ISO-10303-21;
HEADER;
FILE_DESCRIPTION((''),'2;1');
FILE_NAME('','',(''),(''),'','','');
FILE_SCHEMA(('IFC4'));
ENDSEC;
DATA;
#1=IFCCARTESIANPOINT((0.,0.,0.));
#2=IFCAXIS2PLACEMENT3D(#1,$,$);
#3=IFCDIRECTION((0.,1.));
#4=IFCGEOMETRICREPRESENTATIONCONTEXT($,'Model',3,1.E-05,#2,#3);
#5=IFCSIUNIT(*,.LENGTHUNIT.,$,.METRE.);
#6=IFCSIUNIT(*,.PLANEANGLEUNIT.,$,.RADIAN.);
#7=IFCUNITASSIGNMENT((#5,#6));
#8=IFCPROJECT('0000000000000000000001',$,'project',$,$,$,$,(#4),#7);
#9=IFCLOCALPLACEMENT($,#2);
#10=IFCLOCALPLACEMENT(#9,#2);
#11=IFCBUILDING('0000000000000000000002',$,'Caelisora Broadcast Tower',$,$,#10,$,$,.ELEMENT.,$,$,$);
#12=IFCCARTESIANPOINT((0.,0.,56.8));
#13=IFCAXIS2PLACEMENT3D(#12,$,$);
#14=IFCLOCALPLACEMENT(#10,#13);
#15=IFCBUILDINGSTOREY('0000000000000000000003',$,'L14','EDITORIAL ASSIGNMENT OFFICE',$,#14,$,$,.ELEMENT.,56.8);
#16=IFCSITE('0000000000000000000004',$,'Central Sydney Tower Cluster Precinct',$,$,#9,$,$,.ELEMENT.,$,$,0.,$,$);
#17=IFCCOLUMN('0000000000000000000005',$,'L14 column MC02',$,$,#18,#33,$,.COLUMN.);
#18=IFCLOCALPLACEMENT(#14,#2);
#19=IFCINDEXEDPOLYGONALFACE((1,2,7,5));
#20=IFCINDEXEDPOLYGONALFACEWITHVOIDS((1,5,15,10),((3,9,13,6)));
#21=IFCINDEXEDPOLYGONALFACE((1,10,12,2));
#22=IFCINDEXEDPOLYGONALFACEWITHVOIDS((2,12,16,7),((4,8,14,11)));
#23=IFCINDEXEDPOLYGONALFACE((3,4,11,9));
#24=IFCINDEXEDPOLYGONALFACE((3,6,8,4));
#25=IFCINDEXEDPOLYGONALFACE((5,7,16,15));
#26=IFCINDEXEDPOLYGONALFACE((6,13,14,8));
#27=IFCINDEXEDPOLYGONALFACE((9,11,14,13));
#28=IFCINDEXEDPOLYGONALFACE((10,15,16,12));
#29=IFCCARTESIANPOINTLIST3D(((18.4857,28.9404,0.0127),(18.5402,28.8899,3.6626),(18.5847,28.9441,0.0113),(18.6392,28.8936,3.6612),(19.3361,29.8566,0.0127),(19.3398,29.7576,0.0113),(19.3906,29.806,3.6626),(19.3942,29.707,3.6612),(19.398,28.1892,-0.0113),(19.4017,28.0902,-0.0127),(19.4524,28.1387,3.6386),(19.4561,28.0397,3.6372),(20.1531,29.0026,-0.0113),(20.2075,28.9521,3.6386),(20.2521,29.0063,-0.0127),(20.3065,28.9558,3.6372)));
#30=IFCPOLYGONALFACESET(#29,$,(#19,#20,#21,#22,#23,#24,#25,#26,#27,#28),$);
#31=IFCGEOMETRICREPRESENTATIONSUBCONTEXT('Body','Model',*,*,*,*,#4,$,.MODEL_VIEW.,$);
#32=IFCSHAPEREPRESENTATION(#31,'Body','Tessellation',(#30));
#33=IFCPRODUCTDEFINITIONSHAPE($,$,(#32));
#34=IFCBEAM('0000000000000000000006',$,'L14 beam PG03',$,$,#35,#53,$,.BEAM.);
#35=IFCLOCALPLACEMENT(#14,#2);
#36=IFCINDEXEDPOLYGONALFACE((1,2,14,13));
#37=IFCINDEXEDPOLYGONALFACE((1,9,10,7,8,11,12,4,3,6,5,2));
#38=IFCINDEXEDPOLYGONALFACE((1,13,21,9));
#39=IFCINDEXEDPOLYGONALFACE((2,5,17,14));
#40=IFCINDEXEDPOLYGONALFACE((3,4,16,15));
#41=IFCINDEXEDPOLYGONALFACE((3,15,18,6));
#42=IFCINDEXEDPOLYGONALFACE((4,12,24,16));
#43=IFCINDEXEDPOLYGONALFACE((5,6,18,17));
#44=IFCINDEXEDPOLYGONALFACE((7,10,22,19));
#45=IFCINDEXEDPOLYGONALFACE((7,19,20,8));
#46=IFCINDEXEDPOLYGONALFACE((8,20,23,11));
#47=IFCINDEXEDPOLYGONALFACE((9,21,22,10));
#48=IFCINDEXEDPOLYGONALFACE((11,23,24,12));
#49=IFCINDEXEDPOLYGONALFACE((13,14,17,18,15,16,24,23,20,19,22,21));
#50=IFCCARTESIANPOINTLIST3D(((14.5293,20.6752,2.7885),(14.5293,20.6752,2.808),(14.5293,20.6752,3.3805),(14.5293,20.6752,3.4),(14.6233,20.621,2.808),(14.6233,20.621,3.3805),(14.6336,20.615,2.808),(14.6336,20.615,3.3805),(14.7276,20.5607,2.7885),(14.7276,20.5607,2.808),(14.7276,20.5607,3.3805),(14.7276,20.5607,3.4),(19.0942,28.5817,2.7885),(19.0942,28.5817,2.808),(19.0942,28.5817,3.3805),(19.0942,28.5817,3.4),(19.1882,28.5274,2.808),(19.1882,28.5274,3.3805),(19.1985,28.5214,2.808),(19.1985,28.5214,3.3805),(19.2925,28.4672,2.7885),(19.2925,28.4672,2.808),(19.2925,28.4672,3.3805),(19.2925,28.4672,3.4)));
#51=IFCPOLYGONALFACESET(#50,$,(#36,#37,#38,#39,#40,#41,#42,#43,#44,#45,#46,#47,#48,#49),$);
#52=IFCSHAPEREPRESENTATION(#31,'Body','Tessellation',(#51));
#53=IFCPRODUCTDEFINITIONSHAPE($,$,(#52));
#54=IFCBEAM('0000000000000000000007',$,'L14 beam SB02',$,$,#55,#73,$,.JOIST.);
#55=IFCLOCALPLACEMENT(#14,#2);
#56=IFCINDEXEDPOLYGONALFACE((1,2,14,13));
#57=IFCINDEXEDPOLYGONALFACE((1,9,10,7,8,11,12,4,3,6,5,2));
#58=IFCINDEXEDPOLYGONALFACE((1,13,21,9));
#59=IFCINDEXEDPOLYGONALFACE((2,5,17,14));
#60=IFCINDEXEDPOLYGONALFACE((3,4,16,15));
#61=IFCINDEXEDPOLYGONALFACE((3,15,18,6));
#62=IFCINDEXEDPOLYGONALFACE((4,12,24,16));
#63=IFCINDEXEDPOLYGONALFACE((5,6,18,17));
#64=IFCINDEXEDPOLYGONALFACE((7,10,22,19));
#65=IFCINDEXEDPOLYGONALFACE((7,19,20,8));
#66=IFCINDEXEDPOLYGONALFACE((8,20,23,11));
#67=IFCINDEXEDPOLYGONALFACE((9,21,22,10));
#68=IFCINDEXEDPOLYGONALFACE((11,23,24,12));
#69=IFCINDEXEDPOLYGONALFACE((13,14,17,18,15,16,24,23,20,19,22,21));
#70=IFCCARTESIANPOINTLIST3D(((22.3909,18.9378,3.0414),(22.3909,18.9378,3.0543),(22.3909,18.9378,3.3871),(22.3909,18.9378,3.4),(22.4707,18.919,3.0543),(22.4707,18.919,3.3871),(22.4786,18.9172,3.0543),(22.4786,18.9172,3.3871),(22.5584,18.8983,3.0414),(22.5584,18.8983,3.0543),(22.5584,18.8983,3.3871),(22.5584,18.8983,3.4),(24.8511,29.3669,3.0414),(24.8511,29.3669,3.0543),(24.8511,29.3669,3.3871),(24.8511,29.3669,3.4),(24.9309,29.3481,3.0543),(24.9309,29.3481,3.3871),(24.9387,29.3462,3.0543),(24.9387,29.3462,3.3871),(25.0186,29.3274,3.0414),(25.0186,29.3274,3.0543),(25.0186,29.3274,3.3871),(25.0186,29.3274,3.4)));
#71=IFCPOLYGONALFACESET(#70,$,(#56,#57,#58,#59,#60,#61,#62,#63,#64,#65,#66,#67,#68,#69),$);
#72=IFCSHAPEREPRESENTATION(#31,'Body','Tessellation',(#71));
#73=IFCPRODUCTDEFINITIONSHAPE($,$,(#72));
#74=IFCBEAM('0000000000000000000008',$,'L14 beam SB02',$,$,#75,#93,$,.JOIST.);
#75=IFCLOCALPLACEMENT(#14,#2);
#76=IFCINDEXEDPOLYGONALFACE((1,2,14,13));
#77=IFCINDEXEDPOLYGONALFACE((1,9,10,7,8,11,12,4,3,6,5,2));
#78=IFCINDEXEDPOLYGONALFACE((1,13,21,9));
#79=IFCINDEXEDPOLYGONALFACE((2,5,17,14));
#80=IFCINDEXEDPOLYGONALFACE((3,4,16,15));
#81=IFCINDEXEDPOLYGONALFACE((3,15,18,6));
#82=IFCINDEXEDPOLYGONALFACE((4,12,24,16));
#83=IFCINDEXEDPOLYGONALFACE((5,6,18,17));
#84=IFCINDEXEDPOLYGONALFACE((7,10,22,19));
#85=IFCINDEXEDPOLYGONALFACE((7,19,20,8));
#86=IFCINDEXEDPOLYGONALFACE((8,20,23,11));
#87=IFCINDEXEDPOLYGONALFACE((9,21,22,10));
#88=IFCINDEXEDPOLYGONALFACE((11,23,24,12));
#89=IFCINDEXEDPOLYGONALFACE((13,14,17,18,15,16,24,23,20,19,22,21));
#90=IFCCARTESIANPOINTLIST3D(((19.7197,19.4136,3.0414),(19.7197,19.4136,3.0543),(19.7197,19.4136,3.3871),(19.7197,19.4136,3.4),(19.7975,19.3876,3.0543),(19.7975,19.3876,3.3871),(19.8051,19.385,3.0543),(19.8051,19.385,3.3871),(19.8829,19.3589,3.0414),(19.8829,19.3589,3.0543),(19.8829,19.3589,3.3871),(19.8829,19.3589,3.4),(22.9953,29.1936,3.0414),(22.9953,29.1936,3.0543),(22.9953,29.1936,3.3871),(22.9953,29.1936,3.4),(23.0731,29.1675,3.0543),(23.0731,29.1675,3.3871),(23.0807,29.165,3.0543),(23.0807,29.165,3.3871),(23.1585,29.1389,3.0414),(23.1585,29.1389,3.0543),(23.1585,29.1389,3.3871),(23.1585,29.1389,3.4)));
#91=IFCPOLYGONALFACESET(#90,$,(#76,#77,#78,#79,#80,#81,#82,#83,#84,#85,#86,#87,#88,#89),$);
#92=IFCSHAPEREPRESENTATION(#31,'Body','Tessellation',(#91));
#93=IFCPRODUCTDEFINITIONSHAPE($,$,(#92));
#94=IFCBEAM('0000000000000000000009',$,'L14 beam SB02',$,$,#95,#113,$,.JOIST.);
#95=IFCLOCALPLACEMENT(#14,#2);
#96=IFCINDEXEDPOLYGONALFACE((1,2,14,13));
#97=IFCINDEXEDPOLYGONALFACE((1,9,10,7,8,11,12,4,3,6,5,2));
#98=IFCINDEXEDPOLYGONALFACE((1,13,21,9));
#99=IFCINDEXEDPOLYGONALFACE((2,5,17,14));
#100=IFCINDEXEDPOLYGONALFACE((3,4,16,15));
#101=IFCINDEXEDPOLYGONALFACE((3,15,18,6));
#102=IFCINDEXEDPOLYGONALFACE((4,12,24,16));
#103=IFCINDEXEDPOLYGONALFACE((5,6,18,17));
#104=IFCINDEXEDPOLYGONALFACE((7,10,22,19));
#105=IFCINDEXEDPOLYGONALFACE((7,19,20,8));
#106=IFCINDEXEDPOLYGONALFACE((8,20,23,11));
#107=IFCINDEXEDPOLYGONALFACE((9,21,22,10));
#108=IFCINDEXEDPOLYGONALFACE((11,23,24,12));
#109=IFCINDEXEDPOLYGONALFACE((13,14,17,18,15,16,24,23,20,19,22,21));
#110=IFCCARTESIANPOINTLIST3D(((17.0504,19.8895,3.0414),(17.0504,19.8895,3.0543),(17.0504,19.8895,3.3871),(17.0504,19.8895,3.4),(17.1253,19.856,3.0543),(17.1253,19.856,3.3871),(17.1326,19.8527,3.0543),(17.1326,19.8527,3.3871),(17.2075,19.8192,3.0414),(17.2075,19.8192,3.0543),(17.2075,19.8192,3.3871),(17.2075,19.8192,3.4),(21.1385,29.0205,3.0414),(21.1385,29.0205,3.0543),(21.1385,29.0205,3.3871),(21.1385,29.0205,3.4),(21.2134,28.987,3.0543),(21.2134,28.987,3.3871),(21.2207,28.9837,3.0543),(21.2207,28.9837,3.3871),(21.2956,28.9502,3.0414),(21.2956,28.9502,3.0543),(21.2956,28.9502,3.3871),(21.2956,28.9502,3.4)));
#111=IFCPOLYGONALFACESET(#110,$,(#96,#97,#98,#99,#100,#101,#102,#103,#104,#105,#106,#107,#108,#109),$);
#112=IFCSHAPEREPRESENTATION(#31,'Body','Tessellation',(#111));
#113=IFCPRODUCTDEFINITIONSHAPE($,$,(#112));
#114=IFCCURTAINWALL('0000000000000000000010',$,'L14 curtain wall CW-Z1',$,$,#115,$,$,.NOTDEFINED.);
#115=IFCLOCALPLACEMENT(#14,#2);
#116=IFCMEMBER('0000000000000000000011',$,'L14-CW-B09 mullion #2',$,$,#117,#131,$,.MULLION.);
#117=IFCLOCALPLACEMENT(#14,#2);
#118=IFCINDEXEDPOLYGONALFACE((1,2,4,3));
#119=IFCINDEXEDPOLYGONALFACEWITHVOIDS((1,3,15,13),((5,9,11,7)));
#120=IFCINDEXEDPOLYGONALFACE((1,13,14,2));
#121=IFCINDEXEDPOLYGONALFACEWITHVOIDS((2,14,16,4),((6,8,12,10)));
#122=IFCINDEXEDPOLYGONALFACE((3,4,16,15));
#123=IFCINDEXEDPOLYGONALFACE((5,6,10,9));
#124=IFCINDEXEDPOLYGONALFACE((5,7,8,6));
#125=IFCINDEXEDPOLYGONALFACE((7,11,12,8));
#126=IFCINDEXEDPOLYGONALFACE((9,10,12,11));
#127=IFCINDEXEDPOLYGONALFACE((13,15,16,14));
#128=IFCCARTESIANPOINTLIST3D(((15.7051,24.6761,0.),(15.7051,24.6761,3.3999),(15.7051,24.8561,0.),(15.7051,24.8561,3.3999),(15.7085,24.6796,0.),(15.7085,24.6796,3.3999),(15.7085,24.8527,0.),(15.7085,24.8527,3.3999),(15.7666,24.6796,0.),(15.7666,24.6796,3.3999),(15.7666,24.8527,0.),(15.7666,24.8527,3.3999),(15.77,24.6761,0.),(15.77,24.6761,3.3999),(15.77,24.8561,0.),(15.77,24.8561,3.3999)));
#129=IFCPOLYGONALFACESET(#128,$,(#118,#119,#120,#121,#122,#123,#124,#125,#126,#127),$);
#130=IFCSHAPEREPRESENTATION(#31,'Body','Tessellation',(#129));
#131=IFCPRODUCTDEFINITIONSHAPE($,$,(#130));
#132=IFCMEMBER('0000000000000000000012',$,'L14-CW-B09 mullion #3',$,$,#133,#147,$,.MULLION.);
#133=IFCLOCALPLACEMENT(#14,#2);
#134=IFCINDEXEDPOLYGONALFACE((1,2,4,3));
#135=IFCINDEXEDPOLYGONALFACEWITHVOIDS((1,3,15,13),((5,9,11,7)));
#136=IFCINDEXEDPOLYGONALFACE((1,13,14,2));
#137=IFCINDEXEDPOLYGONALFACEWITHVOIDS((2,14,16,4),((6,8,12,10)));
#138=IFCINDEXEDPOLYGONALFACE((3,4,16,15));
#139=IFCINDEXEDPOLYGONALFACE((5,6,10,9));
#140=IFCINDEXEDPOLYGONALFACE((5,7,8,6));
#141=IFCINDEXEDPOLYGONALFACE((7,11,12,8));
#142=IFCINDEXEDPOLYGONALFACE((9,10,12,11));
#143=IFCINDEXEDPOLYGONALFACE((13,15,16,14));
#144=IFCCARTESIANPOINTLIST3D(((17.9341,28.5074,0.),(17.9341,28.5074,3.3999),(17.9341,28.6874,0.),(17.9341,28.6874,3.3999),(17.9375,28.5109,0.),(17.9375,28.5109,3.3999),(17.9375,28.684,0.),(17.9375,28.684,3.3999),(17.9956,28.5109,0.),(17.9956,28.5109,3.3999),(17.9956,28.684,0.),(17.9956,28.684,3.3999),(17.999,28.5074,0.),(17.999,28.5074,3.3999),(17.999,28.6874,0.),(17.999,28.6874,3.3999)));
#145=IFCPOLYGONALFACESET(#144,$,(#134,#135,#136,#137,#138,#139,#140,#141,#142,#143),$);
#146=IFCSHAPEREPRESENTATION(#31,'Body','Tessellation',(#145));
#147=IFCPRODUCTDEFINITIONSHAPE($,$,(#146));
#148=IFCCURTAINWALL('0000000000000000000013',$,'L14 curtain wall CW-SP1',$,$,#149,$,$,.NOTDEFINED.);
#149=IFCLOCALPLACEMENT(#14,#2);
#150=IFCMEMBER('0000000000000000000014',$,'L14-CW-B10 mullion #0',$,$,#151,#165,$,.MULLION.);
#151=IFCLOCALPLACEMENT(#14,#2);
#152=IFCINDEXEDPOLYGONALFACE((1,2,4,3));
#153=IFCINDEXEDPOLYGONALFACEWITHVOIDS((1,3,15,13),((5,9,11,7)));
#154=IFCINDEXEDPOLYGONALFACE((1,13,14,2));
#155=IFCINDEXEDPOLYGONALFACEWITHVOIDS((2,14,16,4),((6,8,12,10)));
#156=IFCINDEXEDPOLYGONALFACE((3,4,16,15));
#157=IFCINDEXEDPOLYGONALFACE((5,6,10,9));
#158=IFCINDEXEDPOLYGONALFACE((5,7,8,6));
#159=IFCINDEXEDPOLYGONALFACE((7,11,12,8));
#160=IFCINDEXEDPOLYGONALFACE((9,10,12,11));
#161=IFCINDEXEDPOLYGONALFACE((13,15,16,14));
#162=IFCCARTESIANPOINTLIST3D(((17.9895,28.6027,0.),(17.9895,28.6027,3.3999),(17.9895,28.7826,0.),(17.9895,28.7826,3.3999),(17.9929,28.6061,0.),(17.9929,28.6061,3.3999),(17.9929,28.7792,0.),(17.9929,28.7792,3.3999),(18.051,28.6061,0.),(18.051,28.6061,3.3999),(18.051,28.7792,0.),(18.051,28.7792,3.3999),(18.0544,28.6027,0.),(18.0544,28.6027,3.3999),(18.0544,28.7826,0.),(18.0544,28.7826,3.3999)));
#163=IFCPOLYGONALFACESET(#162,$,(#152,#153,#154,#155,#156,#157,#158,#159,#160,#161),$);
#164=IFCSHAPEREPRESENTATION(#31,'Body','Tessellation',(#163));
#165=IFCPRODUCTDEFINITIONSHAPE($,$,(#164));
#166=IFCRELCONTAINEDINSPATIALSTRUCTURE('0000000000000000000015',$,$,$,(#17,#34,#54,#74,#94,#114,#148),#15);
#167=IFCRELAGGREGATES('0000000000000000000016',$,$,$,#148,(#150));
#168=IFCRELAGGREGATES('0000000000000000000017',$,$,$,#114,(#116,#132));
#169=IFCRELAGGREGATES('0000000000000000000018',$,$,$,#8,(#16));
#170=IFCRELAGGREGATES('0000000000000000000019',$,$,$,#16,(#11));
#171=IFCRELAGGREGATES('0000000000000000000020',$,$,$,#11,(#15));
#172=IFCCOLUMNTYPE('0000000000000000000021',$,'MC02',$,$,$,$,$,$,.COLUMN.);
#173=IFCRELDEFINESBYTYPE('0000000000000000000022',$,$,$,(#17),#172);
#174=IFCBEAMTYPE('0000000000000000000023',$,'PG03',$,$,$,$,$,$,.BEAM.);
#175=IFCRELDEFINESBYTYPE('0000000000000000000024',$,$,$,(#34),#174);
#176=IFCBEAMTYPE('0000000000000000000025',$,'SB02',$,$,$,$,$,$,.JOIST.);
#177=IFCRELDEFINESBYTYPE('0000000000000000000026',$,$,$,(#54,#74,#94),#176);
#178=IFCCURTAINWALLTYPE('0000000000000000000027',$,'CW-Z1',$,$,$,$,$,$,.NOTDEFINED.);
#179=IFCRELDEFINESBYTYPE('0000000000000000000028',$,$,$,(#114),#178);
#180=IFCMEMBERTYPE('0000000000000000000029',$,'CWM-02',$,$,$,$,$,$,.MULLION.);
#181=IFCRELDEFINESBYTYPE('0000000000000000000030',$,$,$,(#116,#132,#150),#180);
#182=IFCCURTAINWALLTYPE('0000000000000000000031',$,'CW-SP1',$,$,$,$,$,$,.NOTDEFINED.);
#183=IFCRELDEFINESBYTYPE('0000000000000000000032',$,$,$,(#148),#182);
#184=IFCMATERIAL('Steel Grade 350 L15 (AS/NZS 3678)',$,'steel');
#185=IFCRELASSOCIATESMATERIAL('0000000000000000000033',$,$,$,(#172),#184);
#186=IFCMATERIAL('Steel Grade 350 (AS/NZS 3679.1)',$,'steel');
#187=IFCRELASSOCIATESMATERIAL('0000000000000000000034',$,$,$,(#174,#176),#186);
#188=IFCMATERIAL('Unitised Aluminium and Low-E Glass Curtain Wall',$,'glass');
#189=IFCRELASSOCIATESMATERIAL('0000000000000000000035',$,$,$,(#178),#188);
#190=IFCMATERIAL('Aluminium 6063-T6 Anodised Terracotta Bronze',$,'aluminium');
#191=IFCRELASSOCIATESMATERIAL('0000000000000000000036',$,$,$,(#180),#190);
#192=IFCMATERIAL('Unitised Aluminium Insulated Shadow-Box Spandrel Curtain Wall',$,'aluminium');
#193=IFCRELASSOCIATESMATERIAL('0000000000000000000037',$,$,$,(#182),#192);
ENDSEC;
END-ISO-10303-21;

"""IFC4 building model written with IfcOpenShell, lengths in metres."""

from ifc_helpers import new_model, si_unit, direction, frame, origin, origin_2d, place, context, subcontext, project, spatial, hollow_rectangle, i_section, extrude, source, transform, mapped, material, material_profile, profile_set, type_object, type_shapes, element, aggregate, save


model = new_model("IFC4")

# Units and contexts
model_context = context("Model", 3, precision=1e-05, world=origin(), true_north=direction((0.0, 1.0)))
body_context = subcontext(model_context, "Body", "Model", "MODEL_VIEW")
ifc_project = project(units=[si_unit("LENGTHUNIT", "METRE"), si_unit("PLANEANGLEUNIT", "RADIAN")], contexts=[model_context])

# Site, building, storey
site_placement = place(None, origin())
site = spatial("IfcSite", under=ifc_project, at=site_placement, Name="Central Sydney Tower Cluster Precinct", CompositionType="ELEMENT", RefElevation=0.0)
building_placement = place(site_placement, origin())
building = spatial("IfcBuilding", under=site, at=building_placement, Name="Caelisora Broadcast Tower", CompositionType="ELEMENT")
storey_placement = place(building_placement, frame((0.0, 0.0, 56.8)))
storey = spatial("IfcBuildingStorey", under=building, at=storey_placement, Name="L14", Description="EDITORIAL ASSIGNMENT OFFICE", CompositionType="ELEMENT", Elevation=56.8)

# Column
ifc_material_1 = material(Name="Steel Grade 350 L15 (AS/NZS 3678)", Category="steel")
ifc_material_profile_1 = material_profile(ifc_material_1, hollow_rectangle(XDim=1.25, YDim=1.25, WallThickness=0.0701, at=origin_2d()), Name="Steel Grade 350 L15 (AS/NZS 3678)")
ifc_profile_set_1 = profile_set([ifc_material_profile_1], Name="Steel Grade 350 L15 (AS/NZS 3678)")
column_type = type_object("IfcColumnType", Name="MC02", PredefinedType="COLUMN", material=ifc_profile_set_1)
shared_shape_1 = source(origin(), body_context, "Body", "SweptSolid", [
    extrude(hollow_rectangle(XDim=1.25, YDim=1.25, WallThickness=0.0701, at=origin_2d()), origin(), (0.0, 0.0, 1.0), 3.6506),
])
type_shapes(column_type, [shared_shape_1])
column_placement = place(storey_placement, frame((19.3689, 28.9734, 0.0), z_axis=(0.014913, -0.013843, 0.999793), x_axis=(0.680325, 0.732911, 0.0)))
element("IfcColumn", 1, at=column_placement, inside=storey, type_object=column_type, Name="L14 column MC02", PredefinedType="COLUMN", context=body_context, shape_type="MappedRepresentation", body=[
    mapped(shared_shape_1, transform((0.0, 0.0, 0.0), scale=1.0)),
])

# Beams
ifc_material_2 = material(Name="Steel Grade 350 (AS/NZS 3679.1)", Category="steel")
ifc_material_profile_2 = material_profile(ifc_material_2, i_section(OverallWidth=0.229, OverallDepth=0.6116, WebThickness=0.012, FlangeThickness=0.0195, at=origin_2d()), Name="Steel Grade 350 (AS/NZS 3679.1)")
ifc_profile_set_2 = profile_set([ifc_material_profile_2], Name="Steel Grade 350 (AS/NZS 3679.1)")
beam_type_1 = type_object("IfcBeamType", Name="PG03", PredefinedType="BEAM", material=ifc_profile_set_2)
shared_shape_2 = source(origin(), body_context, "Body", "SweptSolid", [
    extrude(i_section(OverallWidth=0.229, OverallDepth=0.6116, WebThickness=0.012, FlangeThickness=0.0195, at=origin_2d()), origin(), (0.0, 0.0, 1.0), 9.1296),
])
type_shapes(beam_type_1, [shared_shape_2])
beam_1_placement = place(storey_placement, frame((19.1934, 28.5244, 3.0942), z_axis=(-0.50001, -0.866019, 0.0), x_axis=(0.866019, -0.50001, 0.0)))
element("IfcBeam", 2, at=beam_1_placement, inside=storey, type_object=beam_type_1, Name="L14 beam PG03", PredefinedType="BEAM", context=body_context, shape_type="MappedRepresentation", body=[
    mapped(shared_shape_2, transform((0.0, 0.0, 0.0), scale=1.0)),
])
ifc_material_profile_3 = material_profile(ifc_material_2, i_section(OverallWidth=0.1721, OverallDepth=0.3586, WebThickness=0.0081, FlangeThickness=0.0129, at=origin_2d()), Name="Steel Grade 350 (AS/NZS 3679.1)")
ifc_profile_set_3 = profile_set([ifc_material_profile_3], Name="Steel Grade 350 (AS/NZS 3679.1)")
beam_type_2 = type_object("IfcBeamType", Name="SB02", PredefinedType="JOIST", material=ifc_profile_set_3)
shared_shape_3 = source(origin(), body_context, "Body", "SweptSolid", [
    extrude(i_section(OverallWidth=0.1721, OverallDepth=0.3586, WebThickness=0.0081, FlangeThickness=0.0129, at=origin_2d()), origin(), (0.0, 0.0, 1.0), 10.7153),
])
beam_2_placement = place(storey_placement, frame((24.9348, 29.3472, 3.2207), z_axis=(-0.229594, -0.973286, 0.0), x_axis=(0.973286, -0.229594, 0.0)))
element("IfcBeam", 3, at=beam_2_placement, inside=storey, type_object=beam_type_2, Name="L14 beam SB02", PredefinedType="JOIST", context=body_context, shape_type="MappedRepresentation", body=[
    mapped(shared_shape_3, transform((0.0, 0.0, 0.0), scale=1.0)),
])
shared_shape_4 = source(origin(), body_context, "Body", "SweptSolid", [
    extrude(i_section(OverallWidth=0.1721, OverallDepth=0.3586, WebThickness=0.0081, FlangeThickness=0.0129, at=origin_2d()), origin(), (0.0, 0.0, 1.0), 10.314),
])
beam_3_placement = place(storey_placement, frame((23.0769, 29.1663, 3.2207), z_axis=(-0.317591, -0.948228, 0.0), x_axis=(0.948228, -0.317591, 0.0)))
element("IfcBeam", 4, at=beam_3_placement, inside=storey, type_object=beam_type_2, Name="L14 beam SB02", PredefinedType="JOIST", context=body_context, shape_type="MappedRepresentation", body=[
    mapped(shared_shape_4, transform((0.0, 0.0, 0.0), scale=1.0)),
])
shared_shape_5 = source(origin(), body_context, "Body", "SweptSolid", [
    extrude(i_section(OverallWidth=0.1721, OverallDepth=0.3586, WebThickness=0.0081, FlangeThickness=0.0129, at=origin_2d()), origin(), (0.0, 0.0, 1.0), 10.0044),
])
type_shapes(beam_type_2, [shared_shape_3, shared_shape_4, shared_shape_5])
beam_4_placement = place(storey_placement, frame((21.217, 28.9854, 3.2207), z_axis=(-0.40863, -0.9127, 0.0), x_axis=(0.9127, -0.40863, 0.0)))
element("IfcBeam", 5, at=beam_4_placement, inside=storey, type_object=beam_type_2, Name="L14 beam SB02", PredefinedType="JOIST", context=body_context, shape_type="MappedRepresentation", body=[
    mapped(shared_shape_5, transform((0.0, 0.0, 0.0), scale=1.0)),
])

# Curtain walls, members
ifc_material_3 = material(Name="Unitised Aluminium and Low-E Glass Curtain Wall", Category="glass")
curtain_wall_type_1 = type_object("IfcCurtainWallType", Name="CW-Z1", PredefinedType="NOTDEFINED", material=ifc_material_3)
curtain_wall_1_placement = place(storey_placement, origin())
curtain_wall_1 = element("IfcCurtainWall", 6, at=curtain_wall_1_placement, inside=storey, type_object=curtain_wall_type_1, Name="L14 curtain wall CW-Z1", PredefinedType="NOTDEFINED")
ifc_material_4 = material(Name="Aluminium 6063-T6 Anodised Terracotta Bronze", Category="aluminium")
ifc_material_profile_4 = material_profile(ifc_material_4, hollow_rectangle(XDim=0.0649, YDim=0.1799, WallThickness=0.0034, at=origin_2d()), Name="Aluminium 6063-T6 Anodised Terracotta Bronze")
ifc_profile_set_4 = profile_set([ifc_material_profile_4], Name="Aluminium 6063-T6 Anodised Terracotta Bronze")
member_type_1 = type_object("IfcMemberType", Name="CWM-02", PredefinedType="MULLION", material=ifc_profile_set_4)
shared_shape_6 = source(origin(), body_context, "Body", "SweptSolid", [
    extrude(hollow_rectangle(XDim=0.0649, YDim=0.1799, WallThickness=0.0034, at=origin_2d()), origin(), (0.0, 0.0, 1.0), 3.3999),
])
type_shapes(member_type_1, [shared_shape_6])
member_1_placement = place(storey_placement, frame((15.7375, 24.7661, 0.0), z_axis=(0.0, 0.0, 1.0), x_axis=(1.0, 0.0, 0.0)))
member_1 = element("IfcMember", 7, at=member_1_placement, type_object=member_type_1, Name="L14-CW-B09 mullion #2", PredefinedType="MULLION", context=body_context, shape_type="MappedRepresentation", body=[
    mapped(shared_shape_6, transform((0.0, 0.0, 0.0), scale=1.0)),
])
member_2_placement = place(storey_placement, frame((17.9666, 28.5974, 0.0), z_axis=(0.0, 0.0, 1.0), x_axis=(1.0, 0.0, 0.0)))
member_2 = element("IfcMember", 8, at=member_2_placement, type_object=member_type_1, Name="L14-CW-B09 mullion #3", PredefinedType="MULLION", context=body_context, shape_type="MappedRepresentation", body=[
    mapped(shared_shape_6, transform((0.0, 0.0, 0.0), scale=1.0)),
])
ifc_material_5 = material(Name="Unitised Aluminium Insulated Shadow-Box Spandrel Curtain Wall", Category="aluminium")
curtain_wall_type_2 = type_object("IfcCurtainWallType", Name="CW-SP1", PredefinedType="NOTDEFINED", material=ifc_material_5)
curtain_wall_2_placement = place(storey_placement, origin())
curtain_wall_2 = element("IfcCurtainWall", 9, at=curtain_wall_2_placement, inside=storey, type_object=curtain_wall_type_2, Name="L14 curtain wall CW-SP1", PredefinedType="NOTDEFINED")
member_3_placement = place(storey_placement, frame((18.022, 28.6926, 0.0), z_axis=(0.0, 0.0, 1.0), x_axis=(1.0, 0.0, 0.0)))
member_3 = element("IfcMember", 10, at=member_3_placement, type_object=member_type_1, Name="L14-CW-B10 mullion #0", PredefinedType="MULLION", context=body_context, shape_type="MappedRepresentation", body=[
    mapped(shared_shape_6, transform((0.0, 0.0, 0.0), scale=1.0)),
])

aggregate(curtain_wall_2, [member_3])
aggregate(curtain_wall_1, [member_1, member_2])

save(model, "model.ifc")
